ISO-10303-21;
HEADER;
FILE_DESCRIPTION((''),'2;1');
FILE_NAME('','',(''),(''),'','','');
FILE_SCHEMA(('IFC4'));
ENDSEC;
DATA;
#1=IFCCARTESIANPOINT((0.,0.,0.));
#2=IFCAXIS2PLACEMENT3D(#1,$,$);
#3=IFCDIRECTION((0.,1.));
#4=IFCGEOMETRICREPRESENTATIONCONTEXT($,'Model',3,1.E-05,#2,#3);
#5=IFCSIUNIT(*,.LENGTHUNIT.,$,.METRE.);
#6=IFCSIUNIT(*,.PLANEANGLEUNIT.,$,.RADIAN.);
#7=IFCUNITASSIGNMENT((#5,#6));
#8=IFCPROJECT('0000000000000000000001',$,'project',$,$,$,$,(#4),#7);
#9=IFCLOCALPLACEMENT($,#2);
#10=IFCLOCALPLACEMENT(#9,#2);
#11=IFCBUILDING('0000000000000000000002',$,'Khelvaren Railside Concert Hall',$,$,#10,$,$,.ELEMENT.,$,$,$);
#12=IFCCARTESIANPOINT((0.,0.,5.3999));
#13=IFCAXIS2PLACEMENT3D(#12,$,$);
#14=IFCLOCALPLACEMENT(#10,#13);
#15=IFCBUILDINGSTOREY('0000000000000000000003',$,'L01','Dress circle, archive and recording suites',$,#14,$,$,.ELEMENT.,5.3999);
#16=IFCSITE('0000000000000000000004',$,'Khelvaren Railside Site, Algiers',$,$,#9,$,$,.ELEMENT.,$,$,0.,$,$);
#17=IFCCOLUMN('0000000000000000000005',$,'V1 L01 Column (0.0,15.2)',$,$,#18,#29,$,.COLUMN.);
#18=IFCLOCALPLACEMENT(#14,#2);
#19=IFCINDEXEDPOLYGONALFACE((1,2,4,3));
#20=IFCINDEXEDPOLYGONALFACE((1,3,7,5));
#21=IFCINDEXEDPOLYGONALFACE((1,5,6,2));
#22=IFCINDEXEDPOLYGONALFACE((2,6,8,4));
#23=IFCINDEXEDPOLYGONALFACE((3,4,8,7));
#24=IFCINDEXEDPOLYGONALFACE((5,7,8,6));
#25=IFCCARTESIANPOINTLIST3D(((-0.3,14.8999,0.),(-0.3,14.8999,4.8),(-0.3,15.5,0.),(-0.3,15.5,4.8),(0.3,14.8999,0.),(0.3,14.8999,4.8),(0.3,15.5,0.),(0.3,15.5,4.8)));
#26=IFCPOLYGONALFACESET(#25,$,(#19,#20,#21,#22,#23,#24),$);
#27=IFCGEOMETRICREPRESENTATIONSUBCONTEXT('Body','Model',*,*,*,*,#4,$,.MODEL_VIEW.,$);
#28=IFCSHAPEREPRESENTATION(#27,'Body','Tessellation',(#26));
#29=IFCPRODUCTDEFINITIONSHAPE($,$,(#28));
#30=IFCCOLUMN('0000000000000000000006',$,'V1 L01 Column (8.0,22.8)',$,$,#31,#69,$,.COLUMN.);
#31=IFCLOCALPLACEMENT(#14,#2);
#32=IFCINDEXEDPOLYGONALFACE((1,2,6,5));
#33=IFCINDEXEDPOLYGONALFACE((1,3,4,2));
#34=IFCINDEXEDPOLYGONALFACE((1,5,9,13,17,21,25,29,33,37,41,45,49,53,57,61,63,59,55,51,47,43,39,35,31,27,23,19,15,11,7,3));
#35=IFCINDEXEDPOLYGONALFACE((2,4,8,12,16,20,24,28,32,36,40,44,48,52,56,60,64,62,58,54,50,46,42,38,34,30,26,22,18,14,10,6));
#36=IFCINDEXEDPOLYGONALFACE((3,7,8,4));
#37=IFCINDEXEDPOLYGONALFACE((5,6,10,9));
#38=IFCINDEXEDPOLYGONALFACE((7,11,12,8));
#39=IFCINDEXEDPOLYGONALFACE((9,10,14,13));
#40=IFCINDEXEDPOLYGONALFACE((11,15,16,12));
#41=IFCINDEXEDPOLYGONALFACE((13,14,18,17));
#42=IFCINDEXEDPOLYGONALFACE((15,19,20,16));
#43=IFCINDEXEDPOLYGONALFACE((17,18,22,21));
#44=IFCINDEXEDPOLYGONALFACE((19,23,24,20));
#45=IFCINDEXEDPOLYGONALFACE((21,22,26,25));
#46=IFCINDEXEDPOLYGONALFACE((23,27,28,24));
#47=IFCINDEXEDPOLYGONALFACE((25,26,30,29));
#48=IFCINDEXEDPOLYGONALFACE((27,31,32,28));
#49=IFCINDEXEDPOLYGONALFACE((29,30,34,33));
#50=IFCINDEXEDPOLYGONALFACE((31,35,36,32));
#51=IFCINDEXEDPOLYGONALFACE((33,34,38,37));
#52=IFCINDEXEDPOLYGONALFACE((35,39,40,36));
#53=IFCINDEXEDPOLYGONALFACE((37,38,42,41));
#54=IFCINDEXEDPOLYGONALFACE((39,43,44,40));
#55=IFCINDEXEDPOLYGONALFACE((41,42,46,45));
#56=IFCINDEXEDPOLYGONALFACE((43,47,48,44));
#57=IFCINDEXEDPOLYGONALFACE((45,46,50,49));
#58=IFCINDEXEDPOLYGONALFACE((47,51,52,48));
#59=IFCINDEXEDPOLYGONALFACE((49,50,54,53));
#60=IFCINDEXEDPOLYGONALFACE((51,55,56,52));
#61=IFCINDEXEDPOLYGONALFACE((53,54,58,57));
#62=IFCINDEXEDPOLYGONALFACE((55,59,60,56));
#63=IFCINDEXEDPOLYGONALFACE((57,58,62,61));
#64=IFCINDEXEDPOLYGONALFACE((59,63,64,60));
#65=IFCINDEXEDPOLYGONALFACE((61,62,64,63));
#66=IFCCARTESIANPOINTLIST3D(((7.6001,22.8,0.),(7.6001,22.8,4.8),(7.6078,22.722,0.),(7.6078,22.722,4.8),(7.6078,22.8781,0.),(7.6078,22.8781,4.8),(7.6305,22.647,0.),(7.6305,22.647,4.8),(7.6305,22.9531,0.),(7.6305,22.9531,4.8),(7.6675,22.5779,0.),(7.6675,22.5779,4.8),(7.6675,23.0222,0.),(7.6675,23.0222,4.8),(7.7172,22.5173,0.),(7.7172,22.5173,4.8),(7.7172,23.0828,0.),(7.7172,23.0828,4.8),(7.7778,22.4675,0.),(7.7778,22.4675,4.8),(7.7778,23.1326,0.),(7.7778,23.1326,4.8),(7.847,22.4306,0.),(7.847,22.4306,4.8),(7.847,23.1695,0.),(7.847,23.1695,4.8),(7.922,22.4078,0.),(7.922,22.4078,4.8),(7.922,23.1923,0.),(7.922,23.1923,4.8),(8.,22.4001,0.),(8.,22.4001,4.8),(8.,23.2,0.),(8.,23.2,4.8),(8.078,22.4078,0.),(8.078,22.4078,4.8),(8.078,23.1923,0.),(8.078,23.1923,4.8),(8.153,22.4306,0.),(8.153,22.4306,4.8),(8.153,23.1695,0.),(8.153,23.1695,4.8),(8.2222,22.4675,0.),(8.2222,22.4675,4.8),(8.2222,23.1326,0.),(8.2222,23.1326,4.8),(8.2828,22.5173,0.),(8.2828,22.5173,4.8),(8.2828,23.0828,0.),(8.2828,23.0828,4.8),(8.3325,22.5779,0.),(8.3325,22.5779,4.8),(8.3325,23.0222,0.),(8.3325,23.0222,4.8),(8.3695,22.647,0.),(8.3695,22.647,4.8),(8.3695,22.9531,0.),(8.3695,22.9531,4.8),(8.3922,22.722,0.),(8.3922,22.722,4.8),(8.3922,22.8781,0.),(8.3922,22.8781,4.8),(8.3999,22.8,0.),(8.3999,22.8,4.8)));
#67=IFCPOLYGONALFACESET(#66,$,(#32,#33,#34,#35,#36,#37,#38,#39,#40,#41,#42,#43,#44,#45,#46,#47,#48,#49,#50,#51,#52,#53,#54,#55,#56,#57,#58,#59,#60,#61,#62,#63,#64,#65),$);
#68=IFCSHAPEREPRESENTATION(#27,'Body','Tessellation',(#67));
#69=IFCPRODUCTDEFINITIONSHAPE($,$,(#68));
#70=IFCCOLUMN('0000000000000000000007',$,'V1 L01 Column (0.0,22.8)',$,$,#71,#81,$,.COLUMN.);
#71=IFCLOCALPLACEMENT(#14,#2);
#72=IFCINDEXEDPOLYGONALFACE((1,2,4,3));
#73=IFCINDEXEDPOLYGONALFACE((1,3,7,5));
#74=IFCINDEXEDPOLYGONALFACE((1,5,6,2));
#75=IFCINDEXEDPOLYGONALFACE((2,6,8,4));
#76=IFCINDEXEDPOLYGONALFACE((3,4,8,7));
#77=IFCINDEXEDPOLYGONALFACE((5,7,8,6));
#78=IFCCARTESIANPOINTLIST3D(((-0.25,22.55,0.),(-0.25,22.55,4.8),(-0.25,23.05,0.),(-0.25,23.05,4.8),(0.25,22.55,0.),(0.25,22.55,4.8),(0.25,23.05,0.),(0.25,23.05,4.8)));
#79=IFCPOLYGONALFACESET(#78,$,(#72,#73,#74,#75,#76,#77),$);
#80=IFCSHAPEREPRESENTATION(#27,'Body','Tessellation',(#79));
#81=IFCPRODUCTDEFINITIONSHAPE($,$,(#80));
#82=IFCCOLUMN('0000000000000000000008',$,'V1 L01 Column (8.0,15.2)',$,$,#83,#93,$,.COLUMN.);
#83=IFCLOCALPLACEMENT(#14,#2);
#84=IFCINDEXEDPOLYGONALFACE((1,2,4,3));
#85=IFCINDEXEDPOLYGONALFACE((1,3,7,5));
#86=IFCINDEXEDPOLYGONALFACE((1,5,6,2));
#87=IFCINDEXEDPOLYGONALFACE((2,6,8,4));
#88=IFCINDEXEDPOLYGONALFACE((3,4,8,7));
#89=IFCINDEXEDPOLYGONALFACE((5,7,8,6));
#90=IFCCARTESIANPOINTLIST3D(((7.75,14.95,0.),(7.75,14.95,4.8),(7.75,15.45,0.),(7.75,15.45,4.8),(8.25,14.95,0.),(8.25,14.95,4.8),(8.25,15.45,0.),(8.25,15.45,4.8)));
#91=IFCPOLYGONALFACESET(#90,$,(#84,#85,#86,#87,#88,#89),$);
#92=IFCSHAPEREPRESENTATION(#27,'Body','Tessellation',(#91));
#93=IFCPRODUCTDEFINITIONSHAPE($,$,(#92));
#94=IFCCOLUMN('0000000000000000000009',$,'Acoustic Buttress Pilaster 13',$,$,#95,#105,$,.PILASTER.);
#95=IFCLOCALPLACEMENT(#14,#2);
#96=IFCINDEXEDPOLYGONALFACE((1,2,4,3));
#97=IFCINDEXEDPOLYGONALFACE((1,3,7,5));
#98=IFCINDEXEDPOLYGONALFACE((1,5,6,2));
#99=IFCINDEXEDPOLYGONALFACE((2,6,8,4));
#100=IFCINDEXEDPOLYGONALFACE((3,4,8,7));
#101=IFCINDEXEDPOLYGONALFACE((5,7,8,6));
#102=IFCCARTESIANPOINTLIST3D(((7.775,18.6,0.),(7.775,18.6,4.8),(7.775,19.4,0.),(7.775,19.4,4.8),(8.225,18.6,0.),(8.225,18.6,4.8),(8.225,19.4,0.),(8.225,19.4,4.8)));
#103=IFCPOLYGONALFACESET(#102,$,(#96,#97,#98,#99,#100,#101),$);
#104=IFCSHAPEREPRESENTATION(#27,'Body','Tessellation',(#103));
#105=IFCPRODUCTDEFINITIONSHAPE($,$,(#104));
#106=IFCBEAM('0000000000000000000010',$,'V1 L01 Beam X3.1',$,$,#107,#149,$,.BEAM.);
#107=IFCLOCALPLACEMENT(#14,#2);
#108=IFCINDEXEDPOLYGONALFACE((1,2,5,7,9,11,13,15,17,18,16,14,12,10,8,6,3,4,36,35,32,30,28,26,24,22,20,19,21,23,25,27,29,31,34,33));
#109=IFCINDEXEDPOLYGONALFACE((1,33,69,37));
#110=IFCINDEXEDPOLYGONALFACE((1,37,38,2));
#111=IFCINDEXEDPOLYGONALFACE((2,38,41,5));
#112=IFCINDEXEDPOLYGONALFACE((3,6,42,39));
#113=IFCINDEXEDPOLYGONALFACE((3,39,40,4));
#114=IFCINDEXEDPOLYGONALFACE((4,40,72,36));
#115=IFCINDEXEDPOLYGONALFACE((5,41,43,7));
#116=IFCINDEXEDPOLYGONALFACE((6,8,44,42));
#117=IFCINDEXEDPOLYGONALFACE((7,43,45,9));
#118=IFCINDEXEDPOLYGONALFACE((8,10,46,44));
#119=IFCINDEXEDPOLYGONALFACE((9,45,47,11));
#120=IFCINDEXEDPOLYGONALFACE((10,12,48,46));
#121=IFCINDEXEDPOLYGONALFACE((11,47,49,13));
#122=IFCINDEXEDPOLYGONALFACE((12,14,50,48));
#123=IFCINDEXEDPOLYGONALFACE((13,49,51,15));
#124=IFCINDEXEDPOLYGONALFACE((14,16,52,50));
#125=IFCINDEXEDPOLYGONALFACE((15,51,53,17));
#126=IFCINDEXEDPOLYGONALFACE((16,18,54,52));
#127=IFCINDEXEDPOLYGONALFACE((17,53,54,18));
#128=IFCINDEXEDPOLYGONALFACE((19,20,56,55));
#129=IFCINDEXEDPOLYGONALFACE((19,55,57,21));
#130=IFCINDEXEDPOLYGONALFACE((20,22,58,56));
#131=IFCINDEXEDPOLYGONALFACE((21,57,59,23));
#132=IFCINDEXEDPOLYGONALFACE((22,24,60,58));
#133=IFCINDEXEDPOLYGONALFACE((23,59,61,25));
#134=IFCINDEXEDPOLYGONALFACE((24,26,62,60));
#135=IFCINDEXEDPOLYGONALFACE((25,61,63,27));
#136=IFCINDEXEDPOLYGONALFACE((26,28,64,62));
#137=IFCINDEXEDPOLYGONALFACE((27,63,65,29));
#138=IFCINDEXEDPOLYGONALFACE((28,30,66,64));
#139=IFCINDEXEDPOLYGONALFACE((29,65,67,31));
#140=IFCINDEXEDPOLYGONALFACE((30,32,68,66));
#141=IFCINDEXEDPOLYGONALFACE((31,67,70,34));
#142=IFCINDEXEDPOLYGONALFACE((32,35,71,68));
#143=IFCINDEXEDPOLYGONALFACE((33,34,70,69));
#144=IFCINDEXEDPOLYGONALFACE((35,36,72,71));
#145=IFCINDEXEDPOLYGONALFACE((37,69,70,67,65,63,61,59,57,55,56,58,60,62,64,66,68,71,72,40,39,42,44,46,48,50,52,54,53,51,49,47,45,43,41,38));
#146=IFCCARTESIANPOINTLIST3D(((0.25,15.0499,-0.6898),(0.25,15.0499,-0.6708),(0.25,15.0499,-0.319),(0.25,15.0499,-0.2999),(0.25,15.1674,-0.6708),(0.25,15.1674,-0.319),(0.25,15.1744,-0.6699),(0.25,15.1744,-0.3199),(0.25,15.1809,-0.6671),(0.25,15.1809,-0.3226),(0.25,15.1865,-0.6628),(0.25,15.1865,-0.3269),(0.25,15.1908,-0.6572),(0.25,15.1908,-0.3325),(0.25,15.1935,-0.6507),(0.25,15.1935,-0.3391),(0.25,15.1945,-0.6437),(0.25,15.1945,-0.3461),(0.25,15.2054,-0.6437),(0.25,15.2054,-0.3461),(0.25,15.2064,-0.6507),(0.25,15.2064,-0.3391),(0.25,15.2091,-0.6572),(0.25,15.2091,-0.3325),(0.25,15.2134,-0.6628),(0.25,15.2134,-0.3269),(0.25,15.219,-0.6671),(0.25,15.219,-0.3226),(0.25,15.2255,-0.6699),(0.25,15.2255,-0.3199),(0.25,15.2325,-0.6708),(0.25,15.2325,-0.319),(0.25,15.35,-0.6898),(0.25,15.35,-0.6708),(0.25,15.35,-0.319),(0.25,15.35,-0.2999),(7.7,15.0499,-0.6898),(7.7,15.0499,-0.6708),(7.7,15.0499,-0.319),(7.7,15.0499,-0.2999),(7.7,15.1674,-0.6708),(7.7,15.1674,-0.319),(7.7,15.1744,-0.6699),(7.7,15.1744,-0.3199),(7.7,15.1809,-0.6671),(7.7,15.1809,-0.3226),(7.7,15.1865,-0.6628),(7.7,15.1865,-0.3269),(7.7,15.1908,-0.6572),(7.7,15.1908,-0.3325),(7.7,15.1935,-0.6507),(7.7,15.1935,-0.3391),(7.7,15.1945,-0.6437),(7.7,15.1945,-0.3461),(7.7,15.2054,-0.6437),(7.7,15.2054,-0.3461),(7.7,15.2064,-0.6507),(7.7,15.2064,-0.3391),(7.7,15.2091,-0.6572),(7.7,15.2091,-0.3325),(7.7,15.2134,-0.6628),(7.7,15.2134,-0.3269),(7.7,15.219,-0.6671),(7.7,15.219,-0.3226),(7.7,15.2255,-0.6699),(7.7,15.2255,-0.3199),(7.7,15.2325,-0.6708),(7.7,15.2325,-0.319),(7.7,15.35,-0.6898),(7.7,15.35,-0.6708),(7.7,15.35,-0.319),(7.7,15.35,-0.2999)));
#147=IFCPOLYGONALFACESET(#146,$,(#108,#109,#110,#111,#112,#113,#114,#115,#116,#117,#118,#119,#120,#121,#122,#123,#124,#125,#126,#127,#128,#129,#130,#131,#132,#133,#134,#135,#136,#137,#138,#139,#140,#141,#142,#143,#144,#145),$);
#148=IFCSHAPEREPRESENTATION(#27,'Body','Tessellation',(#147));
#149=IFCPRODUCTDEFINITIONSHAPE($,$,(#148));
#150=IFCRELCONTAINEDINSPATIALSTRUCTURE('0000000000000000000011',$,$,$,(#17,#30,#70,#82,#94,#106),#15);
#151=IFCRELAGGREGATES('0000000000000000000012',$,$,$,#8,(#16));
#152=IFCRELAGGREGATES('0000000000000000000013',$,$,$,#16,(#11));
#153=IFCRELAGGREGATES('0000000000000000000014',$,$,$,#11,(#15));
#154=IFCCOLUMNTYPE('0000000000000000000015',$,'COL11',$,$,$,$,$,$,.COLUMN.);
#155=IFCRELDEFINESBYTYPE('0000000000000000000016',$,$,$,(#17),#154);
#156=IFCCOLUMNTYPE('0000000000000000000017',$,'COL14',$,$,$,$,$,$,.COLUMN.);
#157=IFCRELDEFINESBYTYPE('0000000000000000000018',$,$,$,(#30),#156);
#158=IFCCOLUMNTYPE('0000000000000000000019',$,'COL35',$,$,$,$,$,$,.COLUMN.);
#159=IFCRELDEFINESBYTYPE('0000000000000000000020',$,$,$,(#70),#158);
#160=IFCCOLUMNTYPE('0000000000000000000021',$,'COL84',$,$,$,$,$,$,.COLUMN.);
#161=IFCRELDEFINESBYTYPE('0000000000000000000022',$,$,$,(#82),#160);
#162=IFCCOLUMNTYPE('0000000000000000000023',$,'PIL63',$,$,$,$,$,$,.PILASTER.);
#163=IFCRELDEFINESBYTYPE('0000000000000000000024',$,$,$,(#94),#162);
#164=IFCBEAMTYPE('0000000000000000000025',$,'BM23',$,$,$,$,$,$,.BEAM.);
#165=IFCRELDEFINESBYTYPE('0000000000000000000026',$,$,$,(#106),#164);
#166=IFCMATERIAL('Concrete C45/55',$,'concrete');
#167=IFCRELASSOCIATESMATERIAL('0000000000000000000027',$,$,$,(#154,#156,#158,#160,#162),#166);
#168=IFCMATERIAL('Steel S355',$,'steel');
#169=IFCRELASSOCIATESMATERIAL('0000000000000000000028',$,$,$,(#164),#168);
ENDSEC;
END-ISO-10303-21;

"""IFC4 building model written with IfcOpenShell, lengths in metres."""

from ifc_helpers import new_model, si_unit, direction, frame, origin, origin_2d, place, context, subcontext, project, spatial, rectangle, circle, i_section, extrude, material, material_profile, profile_set, type_object, element, save


model = new_model("IFC4")

# Units and contexts
model_context = context("Model", 3, precision=1e-05, world=origin(), true_north=direction((0.0, 1.0)))
body_context = subcontext(model_context, "Body", "Model", "MODEL_VIEW")
ifc_project = project(units=[si_unit("LENGTHUNIT", "METRE"), si_unit("PLANEANGLEUNIT", "RADIAN")], contexts=[model_context])

# Site, building, storey
site_placement = place(None, origin())
site = spatial("IfcSite", under=ifc_project, at=site_placement, Name="Khelvaren Railside Site, Algiers", CompositionType="ELEMENT", RefElevation=0.0)
building_placement = place(site_placement, origin())
building = spatial("IfcBuilding", under=site, at=building_placement, Name="Khelvaren Railside Concert Hall", CompositionType="ELEMENT")
storey_placement = place(building_placement, frame((0.0, 0.0, 5.3999)))
storey = spatial("IfcBuildingStorey", under=building, at=storey_placement, Name="L01", Description="Dress circle, archive and recording suites", CompositionType="ELEMENT", Elevation=5.3999)

# Columns
ifc_material_1 = material(Name="Concrete C45/55", Category="concrete")
ifc_material_profile_1 = material_profile(ifc_material_1, rectangle(XDim=0.6001, YDim=0.6001, at=origin_2d()), Name="RC 600x600")
ifc_profile_set_1 = profile_set([ifc_material_profile_1], Name="Concrete C45/55")
column_type_1 = type_object("IfcColumnType", Name="COL11", PredefinedType="COLUMN", material=ifc_profile_set_1)
column_1_placement = place(storey_placement, frame((0.0, 15.2, 0.0), z_axis=(0.0, 0.0, 1.0), x_axis=(1.0, 0.0, 0.0)))
element("IfcColumn", 1, at=column_1_placement, inside=storey, type_object=column_type_1, Name="V1 L01 Column (0.0,15.2)", PredefinedType="COLUMN", context=body_context, shape_type="SweptSolid", body=[
    extrude(rectangle(XDim=0.6001, YDim=0.6001, at=origin_2d()), origin(), (0.0, 0.0, 1.0), 4.8),
])
ifc_material_profile_2 = material_profile(ifc_material_1, circle(Radius=0.3999, at=origin_2d()), Name="RC D800")
ifc_profile_set_2 = profile_set([ifc_material_profile_2], Name="Concrete C45/55")
column_type_2 = type_object("IfcColumnType", Name="COL14", PredefinedType="COLUMN", material=ifc_profile_set_2)
column_2_placement = place(storey_placement, frame((8.0, 22.8, 0.0), z_axis=(0.0, 0.0, 1.0), x_axis=(1.0, 0.0, 0.0)))
element("IfcColumn", 2, at=column_2_placement, inside=storey, type_object=column_type_2, Name="V1 L01 Column (8.0,22.8)", PredefinedType="COLUMN", context=body_context, shape_type="SweptSolid", body=[
    extrude(circle(Radius=0.3999, at=origin_2d()), origin(), (0.0, 0.0, 1.0), 4.8),
])
ifc_material_profile_3 = material_profile(ifc_material_1, rectangle(XDim=0.5, YDim=0.5, at=origin_2d()), Name="RC 500x500")
ifc_profile_set_3 = profile_set([ifc_material_profile_3], Name="Concrete C45/55")
column_type_3 = type_object("IfcColumnType", Name="COL35", PredefinedType="COLUMN", material=ifc_profile_set_3)
column_3_placement = place(storey_placement, frame((0.0, 22.8, 0.0), z_axis=(0.0, 0.0, 1.0), x_axis=(1.0, 0.0, 0.0)))
element("IfcColumn", 3, at=column_3_placement, inside=storey, type_object=column_type_3, Name="V1 L01 Column (0.0,22.8)", PredefinedType="COLUMN", context=body_context, shape_type="SweptSolid", body=[
    extrude(rectangle(XDim=0.5, YDim=0.5, at=origin_2d()), origin(), (0.0, 0.0, 1.0), 4.8),
])
ifc_material_profile_4 = material_profile(ifc_material_1, rectangle(XDim=0.5, YDim=0.5, at=origin_2d()), Name="RC 500x500")
ifc_profile_set_4 = profile_set([ifc_material_profile_4], Name="Concrete C45/55")
column_type_4 = type_object("IfcColumnType", Name="COL84", PredefinedType="COLUMN", material=ifc_profile_set_4)
column_4_placement = place(storey_placement, frame((8.0, 15.2, 0.0), z_axis=(0.0, 0.0, 1.0), x_axis=(1.0, 0.0, 0.0)))
element("IfcColumn", 4, at=column_4_placement, inside=storey, type_object=column_type_4, Name="V1 L01 Column (8.0,15.2)", PredefinedType="COLUMN", context=body_context, shape_type="SweptSolid", body=[
    extrude(rectangle(XDim=0.5, YDim=0.5, at=origin_2d()), origin(), (0.0, 0.0, 1.0), 4.8),
])
ifc_material_profile_5 = material_profile(ifc_material_1, rectangle(XDim=0.45, YDim=0.8, at=origin_2d()), Name="PIL 450x800")
ifc_profile_set_5 = profile_set([ifc_material_profile_5], Name="Concrete C45/55")
column_type_5 = type_object("IfcColumnType", Name="PIL63", PredefinedType="PILASTER", material=ifc_profile_set_5)
column_5_placement = place(storey_placement, frame((8.0, 19.0, 0.0), z_axis=(0.0, 0.0, 1.0), x_axis=(1.0, 0.0, 0.0)))
element("IfcColumn", 5, at=column_5_placement, inside=storey, type_object=column_type_5, Name="Acoustic Buttress Pilaster 13", PredefinedType="PILASTER", context=body_context, shape_type="SweptSolid", body=[
    extrude(rectangle(XDim=0.45, YDim=0.8, at=origin_2d()), origin(), (0.0, 0.0, 1.0), 4.8),
])

# Beam
ifc_material_2 = material(Name="Steel S355", Category="steel")
ifc_material_profile_6 = material_profile(ifc_material_2, i_section(OverallWidth=0.3, OverallDepth=0.3899, WebThickness=0.011, FlangeThickness=0.019, FilletRadius=0.0271, at=origin_2d()), Name="HEA 400")
ifc_profile_set_6 = profile_set([ifc_material_profile_6], Name="Steel S355")
beam_type_1 = type_object("IfcBeamType", Name="BM23", PredefinedType="BEAM", material=ifc_profile_set_6)
beam_1_placement = place(storey_placement, frame((0.25, 15.2, -0.4949), z_axis=(1.0, 0.0, 0.0), x_axis=(0.0, 1.0, 0.0)))
element("IfcBeam", 6, at=beam_1_placement, inside=storey, type_object=beam_type_1, Name="V1 L01 Beam X3.1", PredefinedType="BEAM", context=body_context, shape_type="SweptSolid", body=[
    extrude(i_section(OverallWidth=0.3, OverallDepth=0.3899, WebThickness=0.011, FlangeThickness=0.019, FilletRadius=0.0271, at=origin_2d()), origin(), (0.0, 0.0, 1.0), 7.45),
])

save(model, "model.ifc")
